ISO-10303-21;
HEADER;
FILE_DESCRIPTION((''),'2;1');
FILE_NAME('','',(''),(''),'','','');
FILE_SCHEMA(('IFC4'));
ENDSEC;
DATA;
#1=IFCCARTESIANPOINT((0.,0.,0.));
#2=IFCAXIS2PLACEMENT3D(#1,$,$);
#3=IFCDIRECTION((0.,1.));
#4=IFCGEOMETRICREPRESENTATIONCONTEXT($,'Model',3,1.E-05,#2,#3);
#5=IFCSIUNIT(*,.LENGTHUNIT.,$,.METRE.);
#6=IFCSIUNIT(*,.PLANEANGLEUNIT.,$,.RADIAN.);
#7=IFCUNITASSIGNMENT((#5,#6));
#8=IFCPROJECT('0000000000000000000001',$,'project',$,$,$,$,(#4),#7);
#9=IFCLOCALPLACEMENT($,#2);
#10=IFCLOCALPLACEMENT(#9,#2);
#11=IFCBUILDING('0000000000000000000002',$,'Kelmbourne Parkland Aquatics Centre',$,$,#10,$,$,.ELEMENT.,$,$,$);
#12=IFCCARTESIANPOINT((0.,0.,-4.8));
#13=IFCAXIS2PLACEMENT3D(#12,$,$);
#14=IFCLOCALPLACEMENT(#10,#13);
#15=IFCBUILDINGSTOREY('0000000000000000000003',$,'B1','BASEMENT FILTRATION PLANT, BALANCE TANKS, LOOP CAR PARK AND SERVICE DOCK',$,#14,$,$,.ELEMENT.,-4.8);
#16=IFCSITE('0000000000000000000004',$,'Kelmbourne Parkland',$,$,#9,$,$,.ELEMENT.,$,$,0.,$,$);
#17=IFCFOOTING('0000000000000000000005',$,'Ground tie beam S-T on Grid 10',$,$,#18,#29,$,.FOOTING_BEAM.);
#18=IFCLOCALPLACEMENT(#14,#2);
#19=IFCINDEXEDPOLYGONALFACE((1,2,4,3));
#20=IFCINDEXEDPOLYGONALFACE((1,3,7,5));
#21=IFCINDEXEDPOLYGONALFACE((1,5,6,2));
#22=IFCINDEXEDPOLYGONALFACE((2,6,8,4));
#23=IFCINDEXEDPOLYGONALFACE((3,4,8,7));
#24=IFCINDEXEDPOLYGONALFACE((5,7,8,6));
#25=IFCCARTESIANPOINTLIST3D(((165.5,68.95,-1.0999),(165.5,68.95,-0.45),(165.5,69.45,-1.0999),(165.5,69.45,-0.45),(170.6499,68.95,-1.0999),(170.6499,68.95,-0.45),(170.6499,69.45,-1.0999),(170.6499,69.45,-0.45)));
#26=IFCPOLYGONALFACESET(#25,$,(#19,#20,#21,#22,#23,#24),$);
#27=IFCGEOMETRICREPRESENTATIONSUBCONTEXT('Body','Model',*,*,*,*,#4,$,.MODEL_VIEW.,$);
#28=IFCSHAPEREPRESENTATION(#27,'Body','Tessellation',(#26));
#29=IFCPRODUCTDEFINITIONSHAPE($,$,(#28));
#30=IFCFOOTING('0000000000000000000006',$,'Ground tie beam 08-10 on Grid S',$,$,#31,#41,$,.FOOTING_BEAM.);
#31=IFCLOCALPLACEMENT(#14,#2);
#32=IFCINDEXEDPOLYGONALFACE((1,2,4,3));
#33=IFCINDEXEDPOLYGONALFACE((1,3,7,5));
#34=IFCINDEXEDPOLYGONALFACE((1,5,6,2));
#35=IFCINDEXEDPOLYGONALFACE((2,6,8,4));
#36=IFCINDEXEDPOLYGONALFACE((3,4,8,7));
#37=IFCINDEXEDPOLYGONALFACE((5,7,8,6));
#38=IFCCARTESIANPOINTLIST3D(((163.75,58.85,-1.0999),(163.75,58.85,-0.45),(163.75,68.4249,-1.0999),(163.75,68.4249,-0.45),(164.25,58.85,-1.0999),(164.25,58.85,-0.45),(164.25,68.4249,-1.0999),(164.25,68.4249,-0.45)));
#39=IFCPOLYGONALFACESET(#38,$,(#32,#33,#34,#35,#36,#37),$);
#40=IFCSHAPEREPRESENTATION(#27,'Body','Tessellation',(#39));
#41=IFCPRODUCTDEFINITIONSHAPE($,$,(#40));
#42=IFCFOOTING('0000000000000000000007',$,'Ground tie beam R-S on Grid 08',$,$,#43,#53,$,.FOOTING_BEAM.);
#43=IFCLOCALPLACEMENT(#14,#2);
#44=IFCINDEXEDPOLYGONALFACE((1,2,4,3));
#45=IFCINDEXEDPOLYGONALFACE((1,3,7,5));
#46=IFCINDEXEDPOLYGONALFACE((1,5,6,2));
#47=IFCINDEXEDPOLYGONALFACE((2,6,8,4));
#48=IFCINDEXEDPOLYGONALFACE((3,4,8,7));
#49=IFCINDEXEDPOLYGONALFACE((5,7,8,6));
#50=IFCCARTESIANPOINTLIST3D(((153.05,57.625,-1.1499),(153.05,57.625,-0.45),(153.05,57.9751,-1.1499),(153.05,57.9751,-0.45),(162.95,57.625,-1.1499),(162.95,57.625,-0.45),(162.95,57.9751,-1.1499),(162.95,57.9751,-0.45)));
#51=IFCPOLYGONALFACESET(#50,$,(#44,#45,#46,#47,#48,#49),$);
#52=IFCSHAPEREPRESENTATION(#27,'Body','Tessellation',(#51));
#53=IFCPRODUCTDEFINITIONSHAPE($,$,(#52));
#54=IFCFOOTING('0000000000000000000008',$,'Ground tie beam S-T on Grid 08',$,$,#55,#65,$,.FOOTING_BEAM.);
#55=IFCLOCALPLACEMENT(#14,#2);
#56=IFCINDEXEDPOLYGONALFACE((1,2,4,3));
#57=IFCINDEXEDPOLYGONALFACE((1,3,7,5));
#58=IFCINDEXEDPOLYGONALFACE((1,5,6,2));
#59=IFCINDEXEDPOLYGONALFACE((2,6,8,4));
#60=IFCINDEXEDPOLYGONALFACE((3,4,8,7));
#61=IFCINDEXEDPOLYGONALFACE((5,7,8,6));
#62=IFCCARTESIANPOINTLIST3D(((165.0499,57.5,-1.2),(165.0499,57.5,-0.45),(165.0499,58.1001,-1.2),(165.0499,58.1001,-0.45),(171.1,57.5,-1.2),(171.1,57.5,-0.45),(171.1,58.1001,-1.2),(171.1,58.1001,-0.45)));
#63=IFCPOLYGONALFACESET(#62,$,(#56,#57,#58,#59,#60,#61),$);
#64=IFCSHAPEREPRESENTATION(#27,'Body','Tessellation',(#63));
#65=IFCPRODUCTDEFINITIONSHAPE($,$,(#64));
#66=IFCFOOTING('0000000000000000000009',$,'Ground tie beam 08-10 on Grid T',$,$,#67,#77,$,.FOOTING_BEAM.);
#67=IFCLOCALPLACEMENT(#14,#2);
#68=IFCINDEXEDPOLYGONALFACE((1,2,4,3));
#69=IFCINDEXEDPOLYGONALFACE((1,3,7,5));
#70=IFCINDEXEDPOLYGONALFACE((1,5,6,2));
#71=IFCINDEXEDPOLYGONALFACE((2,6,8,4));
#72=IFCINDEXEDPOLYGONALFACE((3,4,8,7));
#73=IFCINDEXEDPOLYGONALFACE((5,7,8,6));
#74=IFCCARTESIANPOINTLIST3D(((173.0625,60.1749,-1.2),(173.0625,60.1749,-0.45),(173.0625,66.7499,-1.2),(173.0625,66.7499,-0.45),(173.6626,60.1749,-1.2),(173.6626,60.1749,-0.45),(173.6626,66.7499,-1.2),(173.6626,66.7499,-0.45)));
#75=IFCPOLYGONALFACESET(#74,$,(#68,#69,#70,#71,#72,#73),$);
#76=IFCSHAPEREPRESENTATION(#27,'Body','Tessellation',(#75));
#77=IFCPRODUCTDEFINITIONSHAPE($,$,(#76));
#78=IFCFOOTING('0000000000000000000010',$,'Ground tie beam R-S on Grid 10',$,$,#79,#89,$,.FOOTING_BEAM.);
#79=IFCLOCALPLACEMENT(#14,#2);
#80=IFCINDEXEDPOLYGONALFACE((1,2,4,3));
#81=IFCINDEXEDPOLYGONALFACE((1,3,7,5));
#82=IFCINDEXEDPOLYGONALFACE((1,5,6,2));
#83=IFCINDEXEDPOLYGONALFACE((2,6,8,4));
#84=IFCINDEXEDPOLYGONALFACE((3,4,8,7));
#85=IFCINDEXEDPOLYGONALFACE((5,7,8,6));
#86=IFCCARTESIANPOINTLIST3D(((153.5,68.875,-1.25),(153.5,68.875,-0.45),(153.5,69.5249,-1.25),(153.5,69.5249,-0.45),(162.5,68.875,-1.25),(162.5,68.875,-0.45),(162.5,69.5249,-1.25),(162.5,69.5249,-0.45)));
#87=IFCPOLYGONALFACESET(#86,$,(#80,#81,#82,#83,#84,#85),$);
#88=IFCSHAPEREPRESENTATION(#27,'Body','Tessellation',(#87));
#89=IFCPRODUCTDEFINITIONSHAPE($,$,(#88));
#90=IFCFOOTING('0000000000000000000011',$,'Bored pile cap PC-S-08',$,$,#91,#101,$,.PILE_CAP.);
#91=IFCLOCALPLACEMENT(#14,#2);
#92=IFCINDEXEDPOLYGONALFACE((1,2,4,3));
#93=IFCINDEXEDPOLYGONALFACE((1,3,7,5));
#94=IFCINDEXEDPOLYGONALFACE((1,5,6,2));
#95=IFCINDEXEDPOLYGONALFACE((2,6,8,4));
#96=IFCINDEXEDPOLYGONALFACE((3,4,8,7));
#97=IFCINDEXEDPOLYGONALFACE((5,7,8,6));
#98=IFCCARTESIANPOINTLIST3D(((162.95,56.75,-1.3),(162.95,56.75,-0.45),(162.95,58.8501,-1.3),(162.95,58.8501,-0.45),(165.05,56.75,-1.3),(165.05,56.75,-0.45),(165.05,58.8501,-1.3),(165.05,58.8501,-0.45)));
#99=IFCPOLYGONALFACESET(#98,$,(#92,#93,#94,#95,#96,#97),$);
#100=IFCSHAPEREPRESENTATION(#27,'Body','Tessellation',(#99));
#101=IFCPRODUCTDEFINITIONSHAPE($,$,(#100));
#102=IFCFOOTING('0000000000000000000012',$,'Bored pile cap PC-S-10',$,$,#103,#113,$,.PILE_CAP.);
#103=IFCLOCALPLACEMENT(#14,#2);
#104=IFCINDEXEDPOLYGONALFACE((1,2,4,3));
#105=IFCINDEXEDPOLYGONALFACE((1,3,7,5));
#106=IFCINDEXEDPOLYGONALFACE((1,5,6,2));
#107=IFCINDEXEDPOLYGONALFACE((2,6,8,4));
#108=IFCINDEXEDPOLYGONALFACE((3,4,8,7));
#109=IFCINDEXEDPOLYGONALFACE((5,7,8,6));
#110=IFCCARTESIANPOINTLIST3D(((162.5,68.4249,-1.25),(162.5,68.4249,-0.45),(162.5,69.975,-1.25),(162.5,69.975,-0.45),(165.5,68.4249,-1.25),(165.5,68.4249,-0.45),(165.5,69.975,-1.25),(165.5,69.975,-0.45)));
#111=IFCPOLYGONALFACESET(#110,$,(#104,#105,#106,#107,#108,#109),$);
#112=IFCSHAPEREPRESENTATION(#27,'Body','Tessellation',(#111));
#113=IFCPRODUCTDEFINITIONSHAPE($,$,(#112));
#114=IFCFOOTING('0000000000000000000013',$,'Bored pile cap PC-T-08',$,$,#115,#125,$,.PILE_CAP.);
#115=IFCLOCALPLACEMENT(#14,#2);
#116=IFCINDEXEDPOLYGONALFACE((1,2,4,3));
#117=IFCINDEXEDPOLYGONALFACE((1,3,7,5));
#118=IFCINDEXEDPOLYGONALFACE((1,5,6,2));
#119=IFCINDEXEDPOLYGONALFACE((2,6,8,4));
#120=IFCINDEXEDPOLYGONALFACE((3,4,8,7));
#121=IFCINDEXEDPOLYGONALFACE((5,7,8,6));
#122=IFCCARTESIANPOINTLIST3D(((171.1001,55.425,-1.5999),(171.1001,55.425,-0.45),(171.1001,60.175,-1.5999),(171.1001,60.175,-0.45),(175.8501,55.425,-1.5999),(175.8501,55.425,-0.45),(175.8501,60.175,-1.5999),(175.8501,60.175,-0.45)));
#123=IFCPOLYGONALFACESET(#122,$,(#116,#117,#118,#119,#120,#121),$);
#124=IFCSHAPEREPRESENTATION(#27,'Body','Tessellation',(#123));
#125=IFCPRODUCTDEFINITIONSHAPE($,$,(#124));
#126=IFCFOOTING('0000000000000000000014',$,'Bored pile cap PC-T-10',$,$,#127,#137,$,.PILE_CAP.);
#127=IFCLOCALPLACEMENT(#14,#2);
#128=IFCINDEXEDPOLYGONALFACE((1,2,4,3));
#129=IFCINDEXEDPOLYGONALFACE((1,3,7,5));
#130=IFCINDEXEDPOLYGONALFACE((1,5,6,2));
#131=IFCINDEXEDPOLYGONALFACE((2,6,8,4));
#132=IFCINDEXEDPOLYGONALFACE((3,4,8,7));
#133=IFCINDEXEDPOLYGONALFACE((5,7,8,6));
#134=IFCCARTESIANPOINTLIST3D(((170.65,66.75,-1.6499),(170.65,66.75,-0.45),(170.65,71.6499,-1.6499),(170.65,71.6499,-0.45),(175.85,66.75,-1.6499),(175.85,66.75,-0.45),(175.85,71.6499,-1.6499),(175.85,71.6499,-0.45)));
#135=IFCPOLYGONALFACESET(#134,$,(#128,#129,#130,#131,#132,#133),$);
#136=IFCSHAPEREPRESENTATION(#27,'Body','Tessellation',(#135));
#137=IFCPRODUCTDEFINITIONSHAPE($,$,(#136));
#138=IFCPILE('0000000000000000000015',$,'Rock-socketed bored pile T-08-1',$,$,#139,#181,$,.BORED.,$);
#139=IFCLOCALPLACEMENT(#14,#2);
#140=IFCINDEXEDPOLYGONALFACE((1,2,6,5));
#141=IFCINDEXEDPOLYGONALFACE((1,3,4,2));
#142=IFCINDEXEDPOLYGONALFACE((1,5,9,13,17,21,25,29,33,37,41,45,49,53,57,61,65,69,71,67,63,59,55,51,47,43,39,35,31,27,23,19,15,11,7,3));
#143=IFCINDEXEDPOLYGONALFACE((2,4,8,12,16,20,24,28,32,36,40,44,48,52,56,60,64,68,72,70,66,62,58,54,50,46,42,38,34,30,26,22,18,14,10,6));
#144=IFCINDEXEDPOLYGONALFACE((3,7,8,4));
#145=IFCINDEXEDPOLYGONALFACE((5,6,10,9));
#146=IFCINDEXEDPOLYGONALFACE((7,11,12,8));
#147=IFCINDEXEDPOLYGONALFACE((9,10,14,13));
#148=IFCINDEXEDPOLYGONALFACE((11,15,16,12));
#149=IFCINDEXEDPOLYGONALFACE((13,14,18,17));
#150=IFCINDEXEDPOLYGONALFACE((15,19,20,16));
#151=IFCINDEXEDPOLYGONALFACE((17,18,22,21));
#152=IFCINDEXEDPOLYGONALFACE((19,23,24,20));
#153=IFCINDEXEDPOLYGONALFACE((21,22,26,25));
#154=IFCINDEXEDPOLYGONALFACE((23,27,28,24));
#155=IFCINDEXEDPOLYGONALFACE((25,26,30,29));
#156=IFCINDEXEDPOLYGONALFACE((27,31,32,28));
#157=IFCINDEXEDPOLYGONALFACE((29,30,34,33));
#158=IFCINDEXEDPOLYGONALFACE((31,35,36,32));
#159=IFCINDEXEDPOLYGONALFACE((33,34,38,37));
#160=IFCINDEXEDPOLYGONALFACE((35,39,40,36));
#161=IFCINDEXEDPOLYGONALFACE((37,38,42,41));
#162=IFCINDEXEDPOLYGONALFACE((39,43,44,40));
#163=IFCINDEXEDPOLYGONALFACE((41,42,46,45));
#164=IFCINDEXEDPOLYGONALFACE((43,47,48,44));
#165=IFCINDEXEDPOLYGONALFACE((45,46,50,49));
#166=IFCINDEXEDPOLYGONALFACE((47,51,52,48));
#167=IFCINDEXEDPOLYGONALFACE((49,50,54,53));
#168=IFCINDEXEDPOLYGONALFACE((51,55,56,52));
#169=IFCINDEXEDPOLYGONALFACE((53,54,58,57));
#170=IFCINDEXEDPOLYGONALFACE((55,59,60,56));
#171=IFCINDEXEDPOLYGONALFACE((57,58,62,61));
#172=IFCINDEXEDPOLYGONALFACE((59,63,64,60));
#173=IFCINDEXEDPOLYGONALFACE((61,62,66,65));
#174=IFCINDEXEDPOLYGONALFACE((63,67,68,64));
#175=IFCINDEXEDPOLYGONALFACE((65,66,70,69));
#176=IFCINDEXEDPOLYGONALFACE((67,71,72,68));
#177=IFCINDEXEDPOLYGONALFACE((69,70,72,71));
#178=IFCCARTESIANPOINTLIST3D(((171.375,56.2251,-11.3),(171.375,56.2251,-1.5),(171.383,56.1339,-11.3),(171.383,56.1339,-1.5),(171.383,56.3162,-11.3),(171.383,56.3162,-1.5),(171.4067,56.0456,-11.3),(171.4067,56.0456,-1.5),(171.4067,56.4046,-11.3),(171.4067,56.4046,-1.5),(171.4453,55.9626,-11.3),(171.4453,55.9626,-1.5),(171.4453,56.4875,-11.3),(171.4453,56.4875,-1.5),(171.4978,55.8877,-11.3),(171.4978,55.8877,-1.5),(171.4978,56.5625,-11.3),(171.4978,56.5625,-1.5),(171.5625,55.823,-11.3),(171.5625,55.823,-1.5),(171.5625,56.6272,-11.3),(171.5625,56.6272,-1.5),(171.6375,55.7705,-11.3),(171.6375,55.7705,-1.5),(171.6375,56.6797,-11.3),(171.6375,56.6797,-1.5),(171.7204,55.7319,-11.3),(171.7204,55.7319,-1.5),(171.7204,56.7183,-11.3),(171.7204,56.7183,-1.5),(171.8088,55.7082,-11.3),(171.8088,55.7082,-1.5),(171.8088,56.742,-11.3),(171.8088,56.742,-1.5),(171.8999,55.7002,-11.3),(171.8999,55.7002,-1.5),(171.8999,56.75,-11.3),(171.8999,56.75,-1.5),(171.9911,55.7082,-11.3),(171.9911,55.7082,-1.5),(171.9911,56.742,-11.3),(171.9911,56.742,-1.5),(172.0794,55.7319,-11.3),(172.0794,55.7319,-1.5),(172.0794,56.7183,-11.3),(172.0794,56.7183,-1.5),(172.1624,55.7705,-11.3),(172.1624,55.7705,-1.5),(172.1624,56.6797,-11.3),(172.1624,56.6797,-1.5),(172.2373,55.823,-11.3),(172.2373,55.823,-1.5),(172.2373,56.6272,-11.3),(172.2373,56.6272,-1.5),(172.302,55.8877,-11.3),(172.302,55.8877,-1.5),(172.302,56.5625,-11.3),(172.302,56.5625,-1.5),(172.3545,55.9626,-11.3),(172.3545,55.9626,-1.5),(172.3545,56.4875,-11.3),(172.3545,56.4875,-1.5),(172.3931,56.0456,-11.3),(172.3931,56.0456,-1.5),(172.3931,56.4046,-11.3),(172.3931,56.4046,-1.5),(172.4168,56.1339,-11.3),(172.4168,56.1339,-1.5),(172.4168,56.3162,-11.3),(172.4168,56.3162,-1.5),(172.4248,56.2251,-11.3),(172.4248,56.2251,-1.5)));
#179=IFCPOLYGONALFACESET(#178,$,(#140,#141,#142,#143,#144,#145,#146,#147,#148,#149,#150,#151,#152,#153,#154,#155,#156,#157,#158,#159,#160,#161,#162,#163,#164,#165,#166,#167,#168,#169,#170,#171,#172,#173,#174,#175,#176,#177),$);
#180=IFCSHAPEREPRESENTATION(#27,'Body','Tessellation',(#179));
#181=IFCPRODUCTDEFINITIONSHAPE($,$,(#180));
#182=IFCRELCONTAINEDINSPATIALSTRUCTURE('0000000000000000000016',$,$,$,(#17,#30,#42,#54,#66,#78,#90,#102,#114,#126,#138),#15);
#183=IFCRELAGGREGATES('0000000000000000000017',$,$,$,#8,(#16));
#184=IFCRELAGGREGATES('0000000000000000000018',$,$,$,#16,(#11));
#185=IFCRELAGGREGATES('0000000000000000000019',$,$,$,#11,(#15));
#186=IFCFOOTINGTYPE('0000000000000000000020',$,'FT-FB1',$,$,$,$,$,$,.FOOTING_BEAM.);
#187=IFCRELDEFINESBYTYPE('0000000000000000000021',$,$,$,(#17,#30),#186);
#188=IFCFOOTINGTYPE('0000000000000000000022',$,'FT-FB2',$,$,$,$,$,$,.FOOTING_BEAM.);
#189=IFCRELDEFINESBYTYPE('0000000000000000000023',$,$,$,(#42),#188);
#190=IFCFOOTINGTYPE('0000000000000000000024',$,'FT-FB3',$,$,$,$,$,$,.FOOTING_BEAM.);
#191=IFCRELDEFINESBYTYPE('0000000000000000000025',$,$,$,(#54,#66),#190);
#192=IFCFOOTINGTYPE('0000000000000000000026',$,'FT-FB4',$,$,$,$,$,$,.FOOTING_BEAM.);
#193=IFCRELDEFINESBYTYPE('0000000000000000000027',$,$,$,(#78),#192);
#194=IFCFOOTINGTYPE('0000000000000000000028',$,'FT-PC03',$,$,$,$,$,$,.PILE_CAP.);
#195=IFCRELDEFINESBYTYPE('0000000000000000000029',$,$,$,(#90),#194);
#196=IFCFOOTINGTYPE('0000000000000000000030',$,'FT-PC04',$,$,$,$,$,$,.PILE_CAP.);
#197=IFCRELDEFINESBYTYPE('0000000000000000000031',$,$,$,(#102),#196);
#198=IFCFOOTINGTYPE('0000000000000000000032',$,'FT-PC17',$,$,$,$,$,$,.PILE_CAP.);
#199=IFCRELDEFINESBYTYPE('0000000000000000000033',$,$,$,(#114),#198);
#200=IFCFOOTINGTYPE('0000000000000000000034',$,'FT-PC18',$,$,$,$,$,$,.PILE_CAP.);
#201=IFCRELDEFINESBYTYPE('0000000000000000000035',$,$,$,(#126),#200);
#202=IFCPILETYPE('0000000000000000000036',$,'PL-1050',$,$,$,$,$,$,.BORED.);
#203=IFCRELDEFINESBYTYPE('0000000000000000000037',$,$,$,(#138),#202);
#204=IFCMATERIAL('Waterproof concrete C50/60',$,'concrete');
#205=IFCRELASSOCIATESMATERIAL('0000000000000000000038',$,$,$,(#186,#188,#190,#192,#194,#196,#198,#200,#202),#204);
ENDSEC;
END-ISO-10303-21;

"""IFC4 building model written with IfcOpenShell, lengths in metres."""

from ifc_helpers import new_model, si_unit, direction, frame, origin, origin_2d, place, context, subcontext, project, spatial, rectangle, circle, extrude, material, material_profile, profile_set, type_object, element, save


model = new_model("IFC4")

# Units and contexts
model_context = context("Model", 3, precision=1e-05, world=origin(), true_north=direction((0.0, 1.0)))
body_context = subcontext(model_context, "Body", "Model", "MODEL_VIEW")
ifc_project = project(units=[si_unit("LENGTHUNIT", "METRE"), si_unit("PLANEANGLEUNIT", "RADIAN")], contexts=[model_context])

# Site, building, storey
site_placement = place(None, origin())
site = spatial("IfcSite", under=ifc_project, at=site_placement, Name="Kelmbourne Parkland", CompositionType="ELEMENT", RefElevation=0.0)
building_placement = place(site_placement, origin())
building = spatial("IfcBuilding", under=site, at=building_placement, Name="Kelmbourne Parkland Aquatics Centre", CompositionType="ELEMENT")
storey_placement = place(building_placement, frame((0.0, 0.0, -4.8)))
storey = spatial("IfcBuildingStorey", under=building, at=storey_placement, Name="B1", Description="BASEMENT FILTRATION PLANT, BALANCE TANKS, LOOP CAR PARK AND SERVICE DOCK", CompositionType="ELEMENT", Elevation=-4.8)

# Footings
ifc_material_1 = material(Name="Waterproof concrete C50/60", Category="concrete")
footing_type_1 = type_object("IfcFootingType", Name="FT-FB1", PredefinedType="FOOTING_BEAM", material=ifc_material_1)
footing_1_placement = place(storey_placement, frame((168.075, 69.2, -1.0999), z_axis=(0.0, 0.0, 1.0), x_axis=(1.0, 0.0, 0.0)))
element("IfcFooting", 1, at=footing_1_placement, inside=storey, type_object=footing_type_1, Name="Ground tie beam S-T on Grid 10", PredefinedType="FOOTING_BEAM", context=body_context, shape_type="SweptSolid", body=[
    extrude(rectangle(XDim=5.1499, YDim=0.5, at=origin_2d()), origin(), (0.0, 0.0, 1.0), 0.6499),
])
footing_2_placement = place(storey_placement, frame((164.0, 63.6375, -1.0999), z_axis=(0.0, 0.0, 1.0), x_axis=(0.0, 1.0, 0.0)))
element("IfcFooting", 2, at=footing_2_placement, inside=storey, type_object=footing_type_1, Name="Ground tie beam 08-10 on Grid S", PredefinedType="FOOTING_BEAM", context=body_context, shape_type="SweptSolid", body=[
    extrude(rectangle(XDim=9.575, YDim=0.5, at=origin_2d()), origin(), (0.0, 0.0, 1.0), 0.6499),
])
footing_type_2 = type_object("IfcFootingType", Name="FT-FB2", PredefinedType="FOOTING_BEAM", material=ifc_material_1)
footing_3_placement = place(storey_placement, frame((158.0, 57.8, -1.1499), z_axis=(0.0, 0.0, 1.0), x_axis=(1.0, 0.0, 0.0)))
element("IfcFooting", 3, at=footing_3_placement, inside=storey, type_object=footing_type_2, Name="Ground tie beam R-S on Grid 08", PredefinedType="FOOTING_BEAM", context=body_context, shape_type="SweptSolid", body=[
    extrude(rectangle(XDim=9.8999, YDim=0.3501, at=origin_2d()), origin(), (0.0, 0.0, 1.0), 0.7),
])
footing_type_3 = type_object("IfcFootingType", Name="FT-FB3", PredefinedType="FOOTING_BEAM", material=ifc_material_1)
footing_4_placement = place(storey_placement, frame((168.075, 57.8, -1.2), z_axis=(0.0, 0.0, 1.0), x_axis=(1.0, 0.0, 0.0)))
element("IfcFooting", 4, at=footing_4_placement, inside=storey, type_object=footing_type_3, Name="Ground tie beam S-T on Grid 08", PredefinedType="FOOTING_BEAM", context=body_context, shape_type="SweptSolid", body=[
    extrude(rectangle(XDim=6.05, YDim=0.6001, at=origin_2d()), origin(), (0.0, 0.0, 1.0), 0.75),
])
footing_5_placement = place(storey_placement, frame((173.3625, 63.4624, -1.2), z_axis=(0.0, 0.0, 1.0), x_axis=(0.0, 1.0, 0.0)))
element("IfcFooting", 5, at=footing_5_placement, inside=storey, type_object=footing_type_3, Name="Ground tie beam 08-10 on Grid T", PredefinedType="FOOTING_BEAM", context=body_context, shape_type="SweptSolid", body=[
    extrude(rectangle(XDim=6.575, YDim=0.6001, at=origin_2d()), origin(), (0.0, 0.0, 1.0), 0.75),
])
footing_type_4 = type_object("IfcFootingType", Name="FT-FB4", PredefinedType="FOOTING_BEAM", material=ifc_material_1)
footing_6_placement = place(storey_placement, frame((158.0, 69.2, -1.25), z_axis=(0.0, 0.0, 1.0), x_axis=(1.0, 0.0, 0.0)))
element("IfcFooting", 6, at=footing_6_placement, inside=storey, type_object=footing_type_4, Name="Ground tie beam R-S on Grid 10", PredefinedType="FOOTING_BEAM", context=body_context, shape_type="SweptSolid", body=[
    extrude(rectangle(XDim=9.0, YDim=0.6499, at=origin_2d()), origin(), (0.0, 0.0, 1.0), 0.8),
])
footing_type_5 = type_object("IfcFootingType", Name="FT-PC03", PredefinedType="PILE_CAP", material=ifc_material_1)
footing_7_placement = place(storey_placement, frame((164.0, 57.8, -1.3), z_axis=(0.0, 0.0, 1.0), x_axis=(1.0, 0.0, 0.0)))
element("IfcFooting", 7, at=footing_7_placement, inside=storey, type_object=footing_type_5, Name="Bored pile cap PC-S-08", PredefinedType="PILE_CAP", context=body_context, shape_type="SweptSolid", body=[
    extrude(rectangle(XDim=2.1001, YDim=2.1001, at=origin_2d()), origin(), (0.0, 0.0, 1.0), 0.8501),
])
footing_type_6 = type_object("IfcFootingType", Name="FT-PC04", PredefinedType="PILE_CAP", material=ifc_material_1)
footing_8_placement = place(storey_placement, frame((164.0, 69.2, -1.25), z_axis=(0.0, 0.0, 1.0), x_axis=(1.0, 0.0, 0.0)))
element("IfcFooting", 8, at=footing_8_placement, inside=storey, type_object=footing_type_6, Name="Bored pile cap PC-S-10", PredefinedType="PILE_CAP", context=body_context, shape_type="SweptSolid", body=[
    extrude(rectangle(XDim=3.0, YDim=1.55, at=origin_2d()), origin(), (0.0, 0.0, 1.0), 0.8),
])
footing_type_7 = type_object("IfcFootingType", Name="FT-PC17", PredefinedType="PILE_CAP", material=ifc_material_1)
footing_9_placement = place(storey_placement, frame((173.4751, 57.8, -1.5999), z_axis=(0.0, 0.0, 1.0), x_axis=(1.0, 0.0, 0.0)))
element("IfcFooting", 9, at=footing_9_placement, inside=storey, type_object=footing_type_7, Name="Bored pile cap PC-T-08", PredefinedType="PILE_CAP", context=body_context, shape_type="SweptSolid", body=[
    extrude(rectangle(XDim=4.75, YDim=4.75, at=origin_2d()), origin(), (0.0, 0.0, 1.0), 1.1499),
])
footing_type_8 = type_object("IfcFootingType", Name="FT-PC18", PredefinedType="PILE_CAP", material=ifc_material_1)
footing_10_placement = place(storey_placement, frame((173.25, 69.2, -1.6499), z_axis=(0.0, 0.0, 1.0), x_axis=(1.0, 0.0, 0.0)))
element("IfcFooting", 10, at=footing_10_placement, inside=storey, type_object=footing_type_8, Name="Bored pile cap PC-T-10", PredefinedType="PILE_CAP", context=body_context, shape_type="SweptSolid", body=[
    extrude(rectangle(XDim=5.2, YDim=4.8999, at=origin_2d()), origin(), (0.0, 0.0, 1.0), 1.2),
])

# Pile
ifc_material_profile_1 = material_profile(ifc_material_1, circle(Radius=0.5249, at=origin_2d()), Name="PILE D1050")
ifc_profile_set_1 = profile_set([ifc_material_profile_1], Name="Waterproof concrete C50/60")
pile_type_1 = type_object("IfcPileType", Name="PL-1050", PredefinedType="BORED", material=ifc_profile_set_1)
for number, where, z_axis, x_axis, name in (
    (11, (171.8999, 56.2251, -1.5), (0.0, 0.0, -1.0), (1.0, 0.0, 0.0), "Rock-socketed bored pile T-08-1"),
):
    element("IfcPile", number, at=place(storey_placement, frame(where, z_axis=z_axis, x_axis=x_axis)), inside=storey, type_object=pile_type_1, Name=name, PredefinedType="BORED", context=body_context, shape_type="SweptSolid", body=[
        extrude(circle(Radius=0.5249, at=origin_2d()), origin(), (0.0, 0.0, 1.0), 9.8),
    ])

save(model, "model.ifc")
